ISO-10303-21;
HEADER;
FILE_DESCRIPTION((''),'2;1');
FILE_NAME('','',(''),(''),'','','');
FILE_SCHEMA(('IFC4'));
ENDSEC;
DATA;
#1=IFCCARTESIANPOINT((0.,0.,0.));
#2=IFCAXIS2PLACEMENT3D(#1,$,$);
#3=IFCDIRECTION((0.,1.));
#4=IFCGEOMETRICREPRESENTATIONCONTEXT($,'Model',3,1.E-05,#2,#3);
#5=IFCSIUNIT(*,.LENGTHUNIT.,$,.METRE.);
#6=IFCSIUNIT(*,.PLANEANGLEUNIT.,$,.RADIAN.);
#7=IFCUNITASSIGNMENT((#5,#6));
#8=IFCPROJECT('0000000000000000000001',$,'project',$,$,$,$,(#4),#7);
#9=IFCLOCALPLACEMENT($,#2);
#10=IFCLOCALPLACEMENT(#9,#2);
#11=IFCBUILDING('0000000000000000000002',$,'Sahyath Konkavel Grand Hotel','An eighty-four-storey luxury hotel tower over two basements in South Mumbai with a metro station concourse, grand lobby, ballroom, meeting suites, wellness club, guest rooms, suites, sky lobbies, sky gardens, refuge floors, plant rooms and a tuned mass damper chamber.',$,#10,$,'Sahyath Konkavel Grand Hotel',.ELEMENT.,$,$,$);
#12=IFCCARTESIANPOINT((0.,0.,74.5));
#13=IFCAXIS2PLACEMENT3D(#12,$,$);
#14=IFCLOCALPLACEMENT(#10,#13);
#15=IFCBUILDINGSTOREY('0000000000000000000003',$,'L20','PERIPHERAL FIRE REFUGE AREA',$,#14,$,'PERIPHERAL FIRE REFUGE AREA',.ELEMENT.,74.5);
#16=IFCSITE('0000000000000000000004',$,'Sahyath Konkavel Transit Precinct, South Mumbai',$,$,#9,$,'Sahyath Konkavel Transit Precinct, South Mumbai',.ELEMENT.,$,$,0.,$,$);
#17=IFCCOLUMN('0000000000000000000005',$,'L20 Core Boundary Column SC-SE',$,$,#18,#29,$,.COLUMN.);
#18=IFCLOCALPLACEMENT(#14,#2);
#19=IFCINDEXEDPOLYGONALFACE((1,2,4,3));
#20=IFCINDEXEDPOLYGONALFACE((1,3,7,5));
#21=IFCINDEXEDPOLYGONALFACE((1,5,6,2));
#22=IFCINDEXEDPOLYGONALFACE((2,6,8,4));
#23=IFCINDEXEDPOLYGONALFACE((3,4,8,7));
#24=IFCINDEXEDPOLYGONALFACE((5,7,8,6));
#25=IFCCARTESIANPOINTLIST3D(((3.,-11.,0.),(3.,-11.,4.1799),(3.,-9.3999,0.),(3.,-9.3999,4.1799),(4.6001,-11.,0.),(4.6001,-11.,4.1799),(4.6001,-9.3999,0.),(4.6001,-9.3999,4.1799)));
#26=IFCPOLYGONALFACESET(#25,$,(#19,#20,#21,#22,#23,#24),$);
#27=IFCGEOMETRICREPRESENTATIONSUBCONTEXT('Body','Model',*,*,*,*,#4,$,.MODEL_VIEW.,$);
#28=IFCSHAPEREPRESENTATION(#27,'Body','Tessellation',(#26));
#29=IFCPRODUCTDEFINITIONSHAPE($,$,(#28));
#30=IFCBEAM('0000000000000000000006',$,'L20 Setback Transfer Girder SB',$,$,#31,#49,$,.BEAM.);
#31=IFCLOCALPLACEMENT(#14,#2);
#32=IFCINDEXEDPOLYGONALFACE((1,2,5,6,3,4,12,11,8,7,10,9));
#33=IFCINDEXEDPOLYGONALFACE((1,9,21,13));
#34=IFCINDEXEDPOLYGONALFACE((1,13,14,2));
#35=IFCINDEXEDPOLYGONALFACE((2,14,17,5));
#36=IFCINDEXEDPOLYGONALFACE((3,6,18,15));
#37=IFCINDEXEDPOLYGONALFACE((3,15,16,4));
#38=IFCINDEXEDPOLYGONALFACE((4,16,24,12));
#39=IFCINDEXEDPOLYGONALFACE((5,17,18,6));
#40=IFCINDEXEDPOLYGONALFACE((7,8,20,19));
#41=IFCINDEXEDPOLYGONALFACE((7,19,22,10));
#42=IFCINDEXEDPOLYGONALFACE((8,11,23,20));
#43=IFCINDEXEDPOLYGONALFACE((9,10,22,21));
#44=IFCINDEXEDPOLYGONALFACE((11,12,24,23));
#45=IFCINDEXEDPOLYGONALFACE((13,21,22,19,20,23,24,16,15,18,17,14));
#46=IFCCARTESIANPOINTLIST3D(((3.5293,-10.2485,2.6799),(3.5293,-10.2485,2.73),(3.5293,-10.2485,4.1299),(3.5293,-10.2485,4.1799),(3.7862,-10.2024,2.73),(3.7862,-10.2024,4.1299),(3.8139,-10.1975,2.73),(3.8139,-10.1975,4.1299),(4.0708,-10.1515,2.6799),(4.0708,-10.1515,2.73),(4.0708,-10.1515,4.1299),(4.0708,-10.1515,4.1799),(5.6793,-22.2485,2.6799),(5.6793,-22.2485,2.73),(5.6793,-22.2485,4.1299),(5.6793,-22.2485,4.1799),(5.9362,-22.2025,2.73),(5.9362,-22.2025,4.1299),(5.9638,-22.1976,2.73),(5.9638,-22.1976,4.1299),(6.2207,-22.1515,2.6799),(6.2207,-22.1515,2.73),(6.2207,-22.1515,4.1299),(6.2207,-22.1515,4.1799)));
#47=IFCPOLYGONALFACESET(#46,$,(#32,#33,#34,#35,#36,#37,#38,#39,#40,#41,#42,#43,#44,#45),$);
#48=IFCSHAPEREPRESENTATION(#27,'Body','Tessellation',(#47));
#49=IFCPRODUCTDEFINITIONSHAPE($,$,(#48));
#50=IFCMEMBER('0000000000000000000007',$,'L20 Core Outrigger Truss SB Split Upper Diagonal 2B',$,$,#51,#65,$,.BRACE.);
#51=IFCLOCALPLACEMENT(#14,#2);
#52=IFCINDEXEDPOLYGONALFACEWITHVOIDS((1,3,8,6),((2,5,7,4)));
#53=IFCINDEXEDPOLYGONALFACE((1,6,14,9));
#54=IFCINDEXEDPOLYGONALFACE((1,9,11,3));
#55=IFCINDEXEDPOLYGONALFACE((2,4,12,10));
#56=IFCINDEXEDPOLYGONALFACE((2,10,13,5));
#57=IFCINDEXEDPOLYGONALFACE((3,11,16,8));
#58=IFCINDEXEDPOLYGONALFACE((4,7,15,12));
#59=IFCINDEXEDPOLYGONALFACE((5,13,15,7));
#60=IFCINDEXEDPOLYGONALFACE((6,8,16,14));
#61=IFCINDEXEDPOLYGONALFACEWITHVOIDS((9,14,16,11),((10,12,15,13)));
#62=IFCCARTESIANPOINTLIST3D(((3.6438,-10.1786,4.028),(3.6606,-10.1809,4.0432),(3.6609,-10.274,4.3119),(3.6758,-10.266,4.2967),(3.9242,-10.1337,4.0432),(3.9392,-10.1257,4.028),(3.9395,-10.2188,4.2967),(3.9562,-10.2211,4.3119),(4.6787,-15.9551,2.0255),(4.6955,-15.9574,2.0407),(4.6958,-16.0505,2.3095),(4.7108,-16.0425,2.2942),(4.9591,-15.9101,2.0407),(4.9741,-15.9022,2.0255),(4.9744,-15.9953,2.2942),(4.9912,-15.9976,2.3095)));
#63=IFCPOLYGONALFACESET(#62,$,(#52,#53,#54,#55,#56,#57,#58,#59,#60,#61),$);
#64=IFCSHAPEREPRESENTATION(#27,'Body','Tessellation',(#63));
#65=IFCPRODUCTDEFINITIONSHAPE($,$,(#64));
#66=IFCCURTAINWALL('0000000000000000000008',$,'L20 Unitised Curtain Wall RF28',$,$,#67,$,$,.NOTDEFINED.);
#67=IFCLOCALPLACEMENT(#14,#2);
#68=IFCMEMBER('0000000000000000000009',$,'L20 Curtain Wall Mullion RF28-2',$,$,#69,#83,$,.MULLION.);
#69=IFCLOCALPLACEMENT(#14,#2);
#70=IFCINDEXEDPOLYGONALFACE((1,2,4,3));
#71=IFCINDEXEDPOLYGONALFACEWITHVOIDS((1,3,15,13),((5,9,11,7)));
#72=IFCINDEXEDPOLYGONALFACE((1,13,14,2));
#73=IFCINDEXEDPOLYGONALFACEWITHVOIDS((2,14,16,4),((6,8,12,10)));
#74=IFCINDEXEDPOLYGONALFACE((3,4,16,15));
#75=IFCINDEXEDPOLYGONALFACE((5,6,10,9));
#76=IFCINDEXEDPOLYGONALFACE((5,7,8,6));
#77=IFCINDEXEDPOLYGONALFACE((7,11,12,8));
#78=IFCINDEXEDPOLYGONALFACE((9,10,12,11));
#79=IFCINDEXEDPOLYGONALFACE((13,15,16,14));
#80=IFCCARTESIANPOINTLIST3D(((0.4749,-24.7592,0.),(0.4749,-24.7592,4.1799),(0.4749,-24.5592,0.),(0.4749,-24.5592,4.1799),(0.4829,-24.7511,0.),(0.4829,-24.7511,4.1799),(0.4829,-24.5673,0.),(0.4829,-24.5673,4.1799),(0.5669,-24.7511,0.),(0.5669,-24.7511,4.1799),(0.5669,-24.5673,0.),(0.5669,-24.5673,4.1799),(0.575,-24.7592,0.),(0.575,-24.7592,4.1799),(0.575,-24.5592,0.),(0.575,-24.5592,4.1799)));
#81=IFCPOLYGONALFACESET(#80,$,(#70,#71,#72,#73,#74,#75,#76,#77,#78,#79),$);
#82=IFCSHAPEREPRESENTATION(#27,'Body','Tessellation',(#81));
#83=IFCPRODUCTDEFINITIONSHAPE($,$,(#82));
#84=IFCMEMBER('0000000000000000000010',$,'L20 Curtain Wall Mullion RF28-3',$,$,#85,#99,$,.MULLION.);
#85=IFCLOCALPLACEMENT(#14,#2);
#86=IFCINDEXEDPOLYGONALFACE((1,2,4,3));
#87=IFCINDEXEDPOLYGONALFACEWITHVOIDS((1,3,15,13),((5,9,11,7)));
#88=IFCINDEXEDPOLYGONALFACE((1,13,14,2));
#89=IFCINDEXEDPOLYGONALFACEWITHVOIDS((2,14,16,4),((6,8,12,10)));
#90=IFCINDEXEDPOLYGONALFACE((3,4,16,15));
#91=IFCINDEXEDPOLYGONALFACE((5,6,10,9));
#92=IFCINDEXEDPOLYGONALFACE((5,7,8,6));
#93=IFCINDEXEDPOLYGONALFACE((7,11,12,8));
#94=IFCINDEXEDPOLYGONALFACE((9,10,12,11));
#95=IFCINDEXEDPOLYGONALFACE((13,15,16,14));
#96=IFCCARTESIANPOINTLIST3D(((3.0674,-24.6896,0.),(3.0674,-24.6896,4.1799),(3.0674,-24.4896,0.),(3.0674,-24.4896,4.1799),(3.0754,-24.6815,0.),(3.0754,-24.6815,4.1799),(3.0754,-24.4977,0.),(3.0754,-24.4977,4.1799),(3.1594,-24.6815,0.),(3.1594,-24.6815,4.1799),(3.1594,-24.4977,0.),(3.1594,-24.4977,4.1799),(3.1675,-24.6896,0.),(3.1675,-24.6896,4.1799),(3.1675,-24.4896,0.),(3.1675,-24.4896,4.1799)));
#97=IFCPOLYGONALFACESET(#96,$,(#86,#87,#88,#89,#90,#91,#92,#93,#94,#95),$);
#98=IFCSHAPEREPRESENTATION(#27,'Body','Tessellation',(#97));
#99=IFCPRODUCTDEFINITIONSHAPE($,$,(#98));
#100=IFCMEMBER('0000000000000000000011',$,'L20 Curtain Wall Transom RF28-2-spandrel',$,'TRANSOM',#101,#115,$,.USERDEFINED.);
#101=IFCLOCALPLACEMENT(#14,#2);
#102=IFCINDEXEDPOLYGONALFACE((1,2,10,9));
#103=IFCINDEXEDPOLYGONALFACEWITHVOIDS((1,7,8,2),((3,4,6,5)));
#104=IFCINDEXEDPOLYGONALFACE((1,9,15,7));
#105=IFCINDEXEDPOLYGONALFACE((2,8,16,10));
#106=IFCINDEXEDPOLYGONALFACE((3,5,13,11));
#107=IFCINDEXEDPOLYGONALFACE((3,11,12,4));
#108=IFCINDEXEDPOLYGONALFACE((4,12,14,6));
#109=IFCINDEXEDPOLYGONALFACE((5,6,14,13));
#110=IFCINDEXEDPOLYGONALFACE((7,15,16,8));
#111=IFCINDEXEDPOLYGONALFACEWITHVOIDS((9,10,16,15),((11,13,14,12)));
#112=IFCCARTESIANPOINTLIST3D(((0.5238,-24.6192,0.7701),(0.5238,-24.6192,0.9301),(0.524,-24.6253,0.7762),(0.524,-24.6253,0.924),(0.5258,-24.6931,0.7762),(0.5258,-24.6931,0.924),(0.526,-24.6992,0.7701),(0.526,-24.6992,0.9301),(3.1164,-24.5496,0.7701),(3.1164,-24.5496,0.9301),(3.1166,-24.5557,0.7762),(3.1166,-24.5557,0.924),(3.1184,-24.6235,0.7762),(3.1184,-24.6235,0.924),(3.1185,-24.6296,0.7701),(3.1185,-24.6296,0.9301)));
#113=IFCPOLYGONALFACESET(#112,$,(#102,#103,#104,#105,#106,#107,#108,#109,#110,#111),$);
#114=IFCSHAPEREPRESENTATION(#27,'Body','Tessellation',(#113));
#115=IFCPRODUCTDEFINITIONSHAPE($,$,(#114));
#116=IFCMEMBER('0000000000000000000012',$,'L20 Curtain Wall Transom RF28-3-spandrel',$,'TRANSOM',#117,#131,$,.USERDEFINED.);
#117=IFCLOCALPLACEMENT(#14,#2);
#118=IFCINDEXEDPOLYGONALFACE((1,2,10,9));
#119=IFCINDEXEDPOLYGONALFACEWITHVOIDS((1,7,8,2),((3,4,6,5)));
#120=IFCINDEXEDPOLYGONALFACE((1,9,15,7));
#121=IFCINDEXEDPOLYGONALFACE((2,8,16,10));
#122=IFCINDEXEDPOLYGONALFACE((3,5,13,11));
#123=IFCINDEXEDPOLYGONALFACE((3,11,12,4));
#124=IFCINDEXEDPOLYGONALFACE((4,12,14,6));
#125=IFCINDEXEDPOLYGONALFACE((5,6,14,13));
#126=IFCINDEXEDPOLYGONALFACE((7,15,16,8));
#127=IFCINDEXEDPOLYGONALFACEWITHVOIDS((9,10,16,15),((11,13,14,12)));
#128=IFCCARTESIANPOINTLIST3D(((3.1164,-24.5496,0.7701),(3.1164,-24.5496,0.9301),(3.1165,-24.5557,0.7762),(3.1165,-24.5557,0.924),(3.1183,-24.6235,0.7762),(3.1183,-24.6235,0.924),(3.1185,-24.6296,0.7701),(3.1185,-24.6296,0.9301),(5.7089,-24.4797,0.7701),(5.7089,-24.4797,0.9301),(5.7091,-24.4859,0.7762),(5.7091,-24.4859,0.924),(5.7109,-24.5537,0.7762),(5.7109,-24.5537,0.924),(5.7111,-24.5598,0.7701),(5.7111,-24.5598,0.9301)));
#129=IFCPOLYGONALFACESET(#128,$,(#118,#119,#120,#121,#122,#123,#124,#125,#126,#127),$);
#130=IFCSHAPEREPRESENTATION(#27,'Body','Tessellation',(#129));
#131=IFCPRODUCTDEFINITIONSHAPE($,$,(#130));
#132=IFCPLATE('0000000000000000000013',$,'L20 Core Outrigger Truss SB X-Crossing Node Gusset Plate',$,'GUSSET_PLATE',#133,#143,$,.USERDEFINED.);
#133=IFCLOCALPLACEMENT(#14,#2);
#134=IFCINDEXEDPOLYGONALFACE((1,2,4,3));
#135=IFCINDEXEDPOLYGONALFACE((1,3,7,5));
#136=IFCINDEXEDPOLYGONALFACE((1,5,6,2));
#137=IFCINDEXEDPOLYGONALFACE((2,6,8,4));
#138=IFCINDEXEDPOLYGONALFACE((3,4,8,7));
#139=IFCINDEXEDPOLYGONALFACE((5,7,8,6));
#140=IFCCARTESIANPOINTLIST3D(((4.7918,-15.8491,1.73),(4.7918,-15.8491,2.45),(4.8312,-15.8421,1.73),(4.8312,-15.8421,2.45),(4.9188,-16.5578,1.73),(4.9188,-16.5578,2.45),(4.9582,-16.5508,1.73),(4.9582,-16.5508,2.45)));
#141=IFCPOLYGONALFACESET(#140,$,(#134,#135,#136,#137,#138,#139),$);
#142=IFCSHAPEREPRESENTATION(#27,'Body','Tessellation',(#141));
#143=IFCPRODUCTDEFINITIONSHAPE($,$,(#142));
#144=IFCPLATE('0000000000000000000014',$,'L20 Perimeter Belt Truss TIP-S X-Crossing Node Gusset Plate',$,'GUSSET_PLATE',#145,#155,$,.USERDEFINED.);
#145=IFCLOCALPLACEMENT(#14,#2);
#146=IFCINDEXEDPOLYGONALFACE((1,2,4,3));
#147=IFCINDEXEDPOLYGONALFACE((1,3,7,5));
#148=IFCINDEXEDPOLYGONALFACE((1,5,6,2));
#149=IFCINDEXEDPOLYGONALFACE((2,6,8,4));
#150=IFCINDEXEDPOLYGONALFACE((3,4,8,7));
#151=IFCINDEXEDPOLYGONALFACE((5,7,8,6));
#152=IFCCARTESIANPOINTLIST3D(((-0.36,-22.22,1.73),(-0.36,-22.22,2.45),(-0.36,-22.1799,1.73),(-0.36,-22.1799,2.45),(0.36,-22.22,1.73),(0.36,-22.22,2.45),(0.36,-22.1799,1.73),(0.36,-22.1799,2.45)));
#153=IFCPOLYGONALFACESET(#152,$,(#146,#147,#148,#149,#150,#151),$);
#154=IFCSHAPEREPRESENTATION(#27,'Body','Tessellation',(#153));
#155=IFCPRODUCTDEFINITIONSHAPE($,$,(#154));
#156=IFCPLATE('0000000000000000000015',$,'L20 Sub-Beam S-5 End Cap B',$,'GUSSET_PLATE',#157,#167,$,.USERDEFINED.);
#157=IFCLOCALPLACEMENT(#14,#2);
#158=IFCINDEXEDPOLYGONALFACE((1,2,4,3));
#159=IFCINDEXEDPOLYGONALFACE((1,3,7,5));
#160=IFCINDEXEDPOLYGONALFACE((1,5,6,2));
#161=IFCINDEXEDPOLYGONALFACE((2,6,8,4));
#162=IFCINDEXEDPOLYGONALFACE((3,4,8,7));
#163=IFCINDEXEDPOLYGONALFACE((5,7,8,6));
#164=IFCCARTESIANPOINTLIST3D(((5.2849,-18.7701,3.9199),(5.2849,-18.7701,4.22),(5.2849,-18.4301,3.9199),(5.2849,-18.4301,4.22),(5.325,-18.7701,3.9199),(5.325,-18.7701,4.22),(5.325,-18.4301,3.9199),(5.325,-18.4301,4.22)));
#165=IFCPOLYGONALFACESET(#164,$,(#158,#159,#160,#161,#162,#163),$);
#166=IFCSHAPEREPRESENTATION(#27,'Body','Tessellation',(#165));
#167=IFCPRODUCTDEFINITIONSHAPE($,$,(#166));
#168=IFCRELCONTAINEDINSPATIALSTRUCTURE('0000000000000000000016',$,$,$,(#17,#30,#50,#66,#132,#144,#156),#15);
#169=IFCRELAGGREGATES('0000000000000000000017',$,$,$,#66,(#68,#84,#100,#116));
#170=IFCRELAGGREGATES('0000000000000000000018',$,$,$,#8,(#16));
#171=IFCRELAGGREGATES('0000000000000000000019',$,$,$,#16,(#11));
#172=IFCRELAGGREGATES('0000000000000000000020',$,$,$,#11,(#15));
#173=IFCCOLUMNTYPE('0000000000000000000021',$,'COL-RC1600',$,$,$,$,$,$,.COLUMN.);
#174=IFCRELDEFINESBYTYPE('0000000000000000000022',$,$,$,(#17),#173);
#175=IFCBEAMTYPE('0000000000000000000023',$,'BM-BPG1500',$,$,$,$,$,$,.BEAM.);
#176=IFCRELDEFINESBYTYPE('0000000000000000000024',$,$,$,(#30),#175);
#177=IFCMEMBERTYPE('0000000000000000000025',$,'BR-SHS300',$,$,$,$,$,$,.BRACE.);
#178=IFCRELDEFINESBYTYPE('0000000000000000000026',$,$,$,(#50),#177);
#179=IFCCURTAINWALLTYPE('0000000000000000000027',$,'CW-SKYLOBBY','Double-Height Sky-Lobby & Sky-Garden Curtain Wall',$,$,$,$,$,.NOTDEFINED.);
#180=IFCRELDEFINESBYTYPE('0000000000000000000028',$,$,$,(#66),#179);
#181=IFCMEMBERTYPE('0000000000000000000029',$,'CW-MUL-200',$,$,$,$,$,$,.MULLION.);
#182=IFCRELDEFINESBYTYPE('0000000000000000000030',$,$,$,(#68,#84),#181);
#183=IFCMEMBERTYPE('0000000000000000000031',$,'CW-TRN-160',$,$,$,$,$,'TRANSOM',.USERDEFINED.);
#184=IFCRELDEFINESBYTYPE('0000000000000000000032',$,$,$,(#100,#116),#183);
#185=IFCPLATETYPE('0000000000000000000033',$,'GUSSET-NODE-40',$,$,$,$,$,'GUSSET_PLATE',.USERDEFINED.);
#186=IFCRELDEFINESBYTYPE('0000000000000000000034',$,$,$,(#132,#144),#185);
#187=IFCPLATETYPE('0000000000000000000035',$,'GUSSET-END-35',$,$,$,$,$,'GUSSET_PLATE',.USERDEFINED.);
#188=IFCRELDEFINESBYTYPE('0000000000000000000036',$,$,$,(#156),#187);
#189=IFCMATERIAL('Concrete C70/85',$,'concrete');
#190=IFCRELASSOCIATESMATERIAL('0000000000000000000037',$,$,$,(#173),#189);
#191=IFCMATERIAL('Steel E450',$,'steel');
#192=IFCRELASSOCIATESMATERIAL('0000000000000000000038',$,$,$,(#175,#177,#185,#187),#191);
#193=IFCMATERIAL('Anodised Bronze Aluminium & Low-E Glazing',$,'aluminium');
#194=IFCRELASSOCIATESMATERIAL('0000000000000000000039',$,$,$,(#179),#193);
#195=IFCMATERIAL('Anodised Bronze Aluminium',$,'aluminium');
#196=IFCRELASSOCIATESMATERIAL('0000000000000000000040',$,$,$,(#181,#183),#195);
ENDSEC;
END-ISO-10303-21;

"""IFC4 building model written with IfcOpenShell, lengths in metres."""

from ifc_helpers import new_model, si_unit, direction, frame, origin, origin_2d, place, context, subcontext, project, spatial, rectangle, hollow_rectangle, i_section, extrude, source, transform, mapped, material, material_profile, profile_set, type_object, element, aggregate, save


model = new_model("IFC4")

# Units and contexts
model_context = context("Model", 3, precision=1e-05, world=origin(), true_north=direction((0.0, 1.0)))
body_context = subcontext(model_context, "Body", "Model", "MODEL_VIEW")
ifc_project = project(units=[si_unit("LENGTHUNIT", "METRE"), si_unit("PLANEANGLEUNIT", "RADIAN")], contexts=[model_context])

# Site, building, storey
site_placement = place(None, origin())
site = spatial("IfcSite", under=ifc_project, at=site_placement, Name="Sahyath Konkavel Transit Precinct, South Mumbai", LongName="Sahyath Konkavel Transit Precinct, South Mumbai", CompositionType="ELEMENT", RefElevation=0.0)
building_placement = place(site_placement, origin())
building = spatial("IfcBuilding", under=site, at=building_placement, Name="Sahyath Konkavel Grand Hotel", Description="An eighty-four-storey luxury hotel tower over two basements in South Mumbai with a metro station concourse, grand lobby, ballroom, meeting suites, wellness club, guest rooms, suites, sky lobbies, sky gardens, refuge floors, plant rooms and a tuned mass damper chamber.", LongName="Sahyath Konkavel Grand Hotel", CompositionType="ELEMENT")
storey_placement = place(building_placement, frame((0.0, 0.0, 74.5)))
storey = spatial("IfcBuildingStorey", under=building, at=storey_placement, Name="L20", Description="PERIPHERAL FIRE REFUGE AREA", LongName="PERIPHERAL FIRE REFUGE AREA", CompositionType="ELEMENT", Elevation=74.5)

# Column
ifc_material_1 = material(Name="Concrete C70/85", Category="concrete")
ifc_material_profile_1 = material_profile(ifc_material_1, rectangle(XDim=1.6001, YDim=1.6001, at=origin_2d()), Name="RC 1600x1600")
ifc_profile_set_1 = profile_set([ifc_material_profile_1], Name="Concrete C70/85")
column_type = type_object("IfcColumnType", Name="COL-RC1600", PredefinedType="COLUMN", material=ifc_profile_set_1)
shared_shape_1 = source(origin(), body_context, "Body", "SweptSolid", [
    extrude(rectangle(XDim=1.6001, YDim=1.6001, at=origin_2d()), origin(), (0.0, 0.0, 1.0), 4.1799),
])
column_placement = place(storey_placement, frame((3.8, -10.2, 0.0), z_axis=(0.0, 0.0, 1.0), x_axis=(1.0, 0.0, 0.0)))
element("IfcColumn", 1, at=column_placement, inside=storey, type_object=column_type, Name="L20 Core Boundary Column SC-SE", PredefinedType="COLUMN", context=body_context, shape_type="MappedRepresentation", body=[
    mapped(shared_shape_1, transform((0.0, 0.0, 0.0), scale=1.0)),
])

# Beam
ifc_material_2 = material(Name="Steel E450", Category="steel")
ifc_material_profile_2 = material_profile(ifc_material_2, i_section(OverallWidth=0.55, OverallDepth=1.5, WebThickness=0.0281, FlangeThickness=0.05, at=origin_2d()), Name="BPG 1500x550")
ifc_profile_set_2 = profile_set([ifc_material_profile_2], Name="Steel E450")
beam_type = type_object("IfcBeamType", Name="BM-BPG1500", PredefinedType="BEAM", material=ifc_profile_set_2)
shared_shape_2 = source(origin(), body_context, "Body", "SweptSolid", [
    extrude(i_section(OverallWidth=0.55, OverallDepth=1.5, WebThickness=0.0281, FlangeThickness=0.05, at=origin_2d()), origin(), (0.0, 0.0, 1.0), 12.1912),
])
beam_placement = place(storey_placement, frame((3.8, -10.2, 3.4299), z_axis=(0.176351, -0.984327, 0.0), x_axis=(0.984327, 0.176351, 0.0)))
element("IfcBeam", 2, at=beam_placement, inside=storey, type_object=beam_type, Name="L20 Setback Transfer Girder SB", PredefinedType="BEAM", context=body_context, shape_type="MappedRepresentation", body=[
    mapped(shared_shape_2, transform((0.0, 0.0, 0.0), scale=1.0)),
])

# Member
ifc_material_profile_3 = material_profile(ifc_material_2, hollow_rectangle(XDim=0.3, YDim=0.3, WallThickness=0.0161, at=origin_2d()), Name="SHS 300x300x16")
ifc_profile_set_3 = profile_set([ifc_material_profile_3], Name="Steel E450")
member_type_1 = type_object("IfcMemberType", Name="BR-SHS300", PredefinedType="BRACE", material=ifc_profile_set_3)
shared_shape_3 = source(origin(), body_context, "Body", "SweptSolid", [
    extrude(hollow_rectangle(XDim=0.3, YDim=0.3, WallThickness=0.0161, at=origin_2d()), origin(), (0.0, 0.0, 1.0), 6.2007),
])
member_1_placement = place(storey_placement, frame((4.835, -15.9763, 2.1675), z_axis=(-0.166906, 0.931584, 0.322944), x_axis=(-0.984327, -0.176355, 0.0)))
element("IfcMember", 3, at=member_1_placement, inside=storey, type_object=member_type_1, Name="L20 Core Outrigger Truss SB Split Upper Diagonal 2B", PredefinedType="BRACE", context=body_context, shape_type="MappedRepresentation", body=[
    mapped(shared_shape_3, transform((0.0, 0.0, 0.0), scale=1.0)),
])

# Curtain wall, members
ifc_material_3 = material(Name="Anodised Bronze Aluminium & Low-E Glazing", Category="aluminium")
curtain_wall_type = type_object("IfcCurtainWallType", Name="CW-SKYLOBBY", Description="Double-Height Sky-Lobby & Sky-Garden Curtain Wall", PredefinedType="NOTDEFINED", material=ifc_material_3)
curtain_wall_placement = place(storey_placement, origin())
curtain_wall = element("IfcCurtainWall", 4, at=curtain_wall_placement, inside=storey, type_object=curtain_wall_type, Name="L20 Unitised Curtain Wall RF28", PredefinedType="NOTDEFINED")
ifc_material_4 = material(Name="Anodised Bronze Aluminium", Category="aluminium")
ifc_material_profile_4 = material_profile(ifc_material_4, hollow_rectangle(XDim=0.1001, YDim=0.2, WallThickness=0.0081, at=origin_2d()), Name="RHS 200x100x8")
ifc_profile_set_4 = profile_set([ifc_material_profile_4], Name="Anodised Bronze Aluminium")
member_type_2 = type_object("IfcMemberType", Name="CW-MUL-200", PredefinedType="MULLION", material=ifc_profile_set_4)
shared_shape_4 = source(origin(), body_context, "Body", "SweptSolid", [
    extrude(hollow_rectangle(XDim=0.1001, YDim=0.2, WallThickness=0.0081, at=origin_2d()), origin(), (0.0, 0.0, 1.0), 4.1799),
])
member_2_placement = place(storey_placement, frame((0.5249, -24.6592, 0.0), z_axis=(0.0, 0.0, 1.0), x_axis=(1.0, 0.0, 0.0)))
member_2 = element("IfcMember", 5, at=member_2_placement, type_object=member_type_2, Name="L20 Curtain Wall Mullion RF28-2", PredefinedType="MULLION", context=body_context, shape_type="MappedRepresentation", body=[
    mapped(shared_shape_4, transform((0.0, 0.0, 0.0), scale=1.0)),
])
member_3_placement = place(storey_placement, frame((3.1174, -24.5896, 0.0), z_axis=(0.0, 0.0, 1.0), x_axis=(1.0, 0.0, 0.0)))
member_3 = element("IfcMember", 6, at=member_3_placement, type_object=member_type_2, Name="L20 Curtain Wall Mullion RF28-3", PredefinedType="MULLION", context=body_context, shape_type="MappedRepresentation", body=[
    mapped(shared_shape_4, transform((0.0, 0.0, 0.0), scale=1.0)),
])
ifc_material_profile_5 = material_profile(ifc_material_4, hollow_rectangle(XDim=0.0801, YDim=0.1599, WallThickness=0.0061, at=origin_2d()), Name="RHS 160x80x6")
ifc_profile_set_5 = profile_set([ifc_material_profile_5], Name="Anodised Bronze Aluminium")
member_type_3 = type_object("IfcMemberType", Name="CW-TRN-160", ElementType="TRANSOM", PredefinedType="USERDEFINED", material=ifc_profile_set_5)
shared_shape_5 = source(origin(), body_context, "Body", "SweptSolid", [
    extrude(hollow_rectangle(XDim=0.0801, YDim=0.1599, WallThickness=0.0061, at=origin_2d()), origin(), (0.0, 0.0, 1.0), 2.5935),
])
member_4_placement = place(storey_placement, frame((0.5249, -24.6592, 0.8501), z_axis=(0.99964, 0.026829, 0.0), x_axis=(-0.026829, 0.99964, 0.0)))
member_4 = element("IfcMember", 7, at=member_4_placement, type_object=member_type_3, Name="L20 Curtain Wall Transom RF28-2-spandrel", ObjectType="TRANSOM", PredefinedType="USERDEFINED", context=body_context, shape_type="MappedRepresentation", body=[
    mapped(shared_shape_5, transform((0.0, 0.0, 0.0), scale=1.0)),
])
member_5_placement = place(storey_placement, frame((3.1174, -24.5896, 0.8501), z_axis=(0.999638, 0.026923, 0.0), x_axis=(-0.026923, 0.999638, 0.0)))
member_5 = element("IfcMember", 8, at=member_5_placement, type_object=member_type_3, Name="L20 Curtain Wall Transom RF28-3-spandrel", ObjectType="TRANSOM", PredefinedType="USERDEFINED", context=body_context, shape_type="MappedRepresentation", body=[
    mapped(shared_shape_5, transform((0.0, 0.0, 0.0), scale=1.0)),
])

# Plates
plate_type_1 = type_object("IfcPlateType", Name="GUSSET-NODE-40", ElementType="GUSSET_PLATE", PredefinedType="USERDEFINED", material=ifc_material_2)
shared_shape_6 = source(origin(), body_context, "Body", "SweptSolid", [
    extrude(rectangle(XDim=0.72, YDim=0.04, at=origin_2d()), origin(), (0.0, 0.0, 1.0), 0.72),
])
for number, where, z_axis, x_axis, name in (
    (9, (4.875, -16.2, 1.73), (0.0, 0.0, 1.0), (0.176363, -0.984325, 0.0), "L20 Core Outrigger Truss SB X-Crossing Node Gusset Plate"),
    (10, (0.0, -22.2, 1.73), (0.0, 0.0, 1.0), (1.0, 0.0, 0.0), "L20 Perimeter Belt Truss TIP-S X-Crossing Node Gusset Plate"),
):
    element("IfcPlate", number, at=place(storey_placement, frame(where, z_axis=z_axis, x_axis=x_axis)), inside=storey, type_object=plate_type_1, Name=name, ObjectType="GUSSET_PLATE", PredefinedType="USERDEFINED", context=body_context, shape_type="MappedRepresentation", body=[
        mapped(shared_shape_6, transform((0.0, 0.0, 0.0), scale=1.0)),
    ])
plate_type_2 = type_object("IfcPlateType", Name="GUSSET-END-35", ElementType="GUSSET_PLATE", PredefinedType="USERDEFINED", material=ifc_material_2)
shared_shape_7 = source(origin(), body_context, "Body", "SweptSolid", [
    extrude(rectangle(XDim=0.04, YDim=0.3401, at=origin_2d()), origin(), (0.0, 0.0, 1.0), 0.3),
])
plate_1_placement = place(storey_placement, frame((5.3049, -18.6001, 3.9199), z_axis=(0.0, 0.0, 1.0), x_axis=(1.0, 0.0, 0.0)))
element("IfcPlate", 11, at=plate_1_placement, inside=storey, type_object=plate_type_2, Name="L20 Sub-Beam S-5 End Cap B", ObjectType="GUSSET_PLATE", PredefinedType="USERDEFINED", context=body_context, shape_type="MappedRepresentation", body=[
    mapped(shared_shape_7, transform((0.0, 0.0, 0.0), scale=1.0)),
])

aggregate(curtain_wall, [member_2, member_3, member_4, member_5])

save(model, "model.ifc")
